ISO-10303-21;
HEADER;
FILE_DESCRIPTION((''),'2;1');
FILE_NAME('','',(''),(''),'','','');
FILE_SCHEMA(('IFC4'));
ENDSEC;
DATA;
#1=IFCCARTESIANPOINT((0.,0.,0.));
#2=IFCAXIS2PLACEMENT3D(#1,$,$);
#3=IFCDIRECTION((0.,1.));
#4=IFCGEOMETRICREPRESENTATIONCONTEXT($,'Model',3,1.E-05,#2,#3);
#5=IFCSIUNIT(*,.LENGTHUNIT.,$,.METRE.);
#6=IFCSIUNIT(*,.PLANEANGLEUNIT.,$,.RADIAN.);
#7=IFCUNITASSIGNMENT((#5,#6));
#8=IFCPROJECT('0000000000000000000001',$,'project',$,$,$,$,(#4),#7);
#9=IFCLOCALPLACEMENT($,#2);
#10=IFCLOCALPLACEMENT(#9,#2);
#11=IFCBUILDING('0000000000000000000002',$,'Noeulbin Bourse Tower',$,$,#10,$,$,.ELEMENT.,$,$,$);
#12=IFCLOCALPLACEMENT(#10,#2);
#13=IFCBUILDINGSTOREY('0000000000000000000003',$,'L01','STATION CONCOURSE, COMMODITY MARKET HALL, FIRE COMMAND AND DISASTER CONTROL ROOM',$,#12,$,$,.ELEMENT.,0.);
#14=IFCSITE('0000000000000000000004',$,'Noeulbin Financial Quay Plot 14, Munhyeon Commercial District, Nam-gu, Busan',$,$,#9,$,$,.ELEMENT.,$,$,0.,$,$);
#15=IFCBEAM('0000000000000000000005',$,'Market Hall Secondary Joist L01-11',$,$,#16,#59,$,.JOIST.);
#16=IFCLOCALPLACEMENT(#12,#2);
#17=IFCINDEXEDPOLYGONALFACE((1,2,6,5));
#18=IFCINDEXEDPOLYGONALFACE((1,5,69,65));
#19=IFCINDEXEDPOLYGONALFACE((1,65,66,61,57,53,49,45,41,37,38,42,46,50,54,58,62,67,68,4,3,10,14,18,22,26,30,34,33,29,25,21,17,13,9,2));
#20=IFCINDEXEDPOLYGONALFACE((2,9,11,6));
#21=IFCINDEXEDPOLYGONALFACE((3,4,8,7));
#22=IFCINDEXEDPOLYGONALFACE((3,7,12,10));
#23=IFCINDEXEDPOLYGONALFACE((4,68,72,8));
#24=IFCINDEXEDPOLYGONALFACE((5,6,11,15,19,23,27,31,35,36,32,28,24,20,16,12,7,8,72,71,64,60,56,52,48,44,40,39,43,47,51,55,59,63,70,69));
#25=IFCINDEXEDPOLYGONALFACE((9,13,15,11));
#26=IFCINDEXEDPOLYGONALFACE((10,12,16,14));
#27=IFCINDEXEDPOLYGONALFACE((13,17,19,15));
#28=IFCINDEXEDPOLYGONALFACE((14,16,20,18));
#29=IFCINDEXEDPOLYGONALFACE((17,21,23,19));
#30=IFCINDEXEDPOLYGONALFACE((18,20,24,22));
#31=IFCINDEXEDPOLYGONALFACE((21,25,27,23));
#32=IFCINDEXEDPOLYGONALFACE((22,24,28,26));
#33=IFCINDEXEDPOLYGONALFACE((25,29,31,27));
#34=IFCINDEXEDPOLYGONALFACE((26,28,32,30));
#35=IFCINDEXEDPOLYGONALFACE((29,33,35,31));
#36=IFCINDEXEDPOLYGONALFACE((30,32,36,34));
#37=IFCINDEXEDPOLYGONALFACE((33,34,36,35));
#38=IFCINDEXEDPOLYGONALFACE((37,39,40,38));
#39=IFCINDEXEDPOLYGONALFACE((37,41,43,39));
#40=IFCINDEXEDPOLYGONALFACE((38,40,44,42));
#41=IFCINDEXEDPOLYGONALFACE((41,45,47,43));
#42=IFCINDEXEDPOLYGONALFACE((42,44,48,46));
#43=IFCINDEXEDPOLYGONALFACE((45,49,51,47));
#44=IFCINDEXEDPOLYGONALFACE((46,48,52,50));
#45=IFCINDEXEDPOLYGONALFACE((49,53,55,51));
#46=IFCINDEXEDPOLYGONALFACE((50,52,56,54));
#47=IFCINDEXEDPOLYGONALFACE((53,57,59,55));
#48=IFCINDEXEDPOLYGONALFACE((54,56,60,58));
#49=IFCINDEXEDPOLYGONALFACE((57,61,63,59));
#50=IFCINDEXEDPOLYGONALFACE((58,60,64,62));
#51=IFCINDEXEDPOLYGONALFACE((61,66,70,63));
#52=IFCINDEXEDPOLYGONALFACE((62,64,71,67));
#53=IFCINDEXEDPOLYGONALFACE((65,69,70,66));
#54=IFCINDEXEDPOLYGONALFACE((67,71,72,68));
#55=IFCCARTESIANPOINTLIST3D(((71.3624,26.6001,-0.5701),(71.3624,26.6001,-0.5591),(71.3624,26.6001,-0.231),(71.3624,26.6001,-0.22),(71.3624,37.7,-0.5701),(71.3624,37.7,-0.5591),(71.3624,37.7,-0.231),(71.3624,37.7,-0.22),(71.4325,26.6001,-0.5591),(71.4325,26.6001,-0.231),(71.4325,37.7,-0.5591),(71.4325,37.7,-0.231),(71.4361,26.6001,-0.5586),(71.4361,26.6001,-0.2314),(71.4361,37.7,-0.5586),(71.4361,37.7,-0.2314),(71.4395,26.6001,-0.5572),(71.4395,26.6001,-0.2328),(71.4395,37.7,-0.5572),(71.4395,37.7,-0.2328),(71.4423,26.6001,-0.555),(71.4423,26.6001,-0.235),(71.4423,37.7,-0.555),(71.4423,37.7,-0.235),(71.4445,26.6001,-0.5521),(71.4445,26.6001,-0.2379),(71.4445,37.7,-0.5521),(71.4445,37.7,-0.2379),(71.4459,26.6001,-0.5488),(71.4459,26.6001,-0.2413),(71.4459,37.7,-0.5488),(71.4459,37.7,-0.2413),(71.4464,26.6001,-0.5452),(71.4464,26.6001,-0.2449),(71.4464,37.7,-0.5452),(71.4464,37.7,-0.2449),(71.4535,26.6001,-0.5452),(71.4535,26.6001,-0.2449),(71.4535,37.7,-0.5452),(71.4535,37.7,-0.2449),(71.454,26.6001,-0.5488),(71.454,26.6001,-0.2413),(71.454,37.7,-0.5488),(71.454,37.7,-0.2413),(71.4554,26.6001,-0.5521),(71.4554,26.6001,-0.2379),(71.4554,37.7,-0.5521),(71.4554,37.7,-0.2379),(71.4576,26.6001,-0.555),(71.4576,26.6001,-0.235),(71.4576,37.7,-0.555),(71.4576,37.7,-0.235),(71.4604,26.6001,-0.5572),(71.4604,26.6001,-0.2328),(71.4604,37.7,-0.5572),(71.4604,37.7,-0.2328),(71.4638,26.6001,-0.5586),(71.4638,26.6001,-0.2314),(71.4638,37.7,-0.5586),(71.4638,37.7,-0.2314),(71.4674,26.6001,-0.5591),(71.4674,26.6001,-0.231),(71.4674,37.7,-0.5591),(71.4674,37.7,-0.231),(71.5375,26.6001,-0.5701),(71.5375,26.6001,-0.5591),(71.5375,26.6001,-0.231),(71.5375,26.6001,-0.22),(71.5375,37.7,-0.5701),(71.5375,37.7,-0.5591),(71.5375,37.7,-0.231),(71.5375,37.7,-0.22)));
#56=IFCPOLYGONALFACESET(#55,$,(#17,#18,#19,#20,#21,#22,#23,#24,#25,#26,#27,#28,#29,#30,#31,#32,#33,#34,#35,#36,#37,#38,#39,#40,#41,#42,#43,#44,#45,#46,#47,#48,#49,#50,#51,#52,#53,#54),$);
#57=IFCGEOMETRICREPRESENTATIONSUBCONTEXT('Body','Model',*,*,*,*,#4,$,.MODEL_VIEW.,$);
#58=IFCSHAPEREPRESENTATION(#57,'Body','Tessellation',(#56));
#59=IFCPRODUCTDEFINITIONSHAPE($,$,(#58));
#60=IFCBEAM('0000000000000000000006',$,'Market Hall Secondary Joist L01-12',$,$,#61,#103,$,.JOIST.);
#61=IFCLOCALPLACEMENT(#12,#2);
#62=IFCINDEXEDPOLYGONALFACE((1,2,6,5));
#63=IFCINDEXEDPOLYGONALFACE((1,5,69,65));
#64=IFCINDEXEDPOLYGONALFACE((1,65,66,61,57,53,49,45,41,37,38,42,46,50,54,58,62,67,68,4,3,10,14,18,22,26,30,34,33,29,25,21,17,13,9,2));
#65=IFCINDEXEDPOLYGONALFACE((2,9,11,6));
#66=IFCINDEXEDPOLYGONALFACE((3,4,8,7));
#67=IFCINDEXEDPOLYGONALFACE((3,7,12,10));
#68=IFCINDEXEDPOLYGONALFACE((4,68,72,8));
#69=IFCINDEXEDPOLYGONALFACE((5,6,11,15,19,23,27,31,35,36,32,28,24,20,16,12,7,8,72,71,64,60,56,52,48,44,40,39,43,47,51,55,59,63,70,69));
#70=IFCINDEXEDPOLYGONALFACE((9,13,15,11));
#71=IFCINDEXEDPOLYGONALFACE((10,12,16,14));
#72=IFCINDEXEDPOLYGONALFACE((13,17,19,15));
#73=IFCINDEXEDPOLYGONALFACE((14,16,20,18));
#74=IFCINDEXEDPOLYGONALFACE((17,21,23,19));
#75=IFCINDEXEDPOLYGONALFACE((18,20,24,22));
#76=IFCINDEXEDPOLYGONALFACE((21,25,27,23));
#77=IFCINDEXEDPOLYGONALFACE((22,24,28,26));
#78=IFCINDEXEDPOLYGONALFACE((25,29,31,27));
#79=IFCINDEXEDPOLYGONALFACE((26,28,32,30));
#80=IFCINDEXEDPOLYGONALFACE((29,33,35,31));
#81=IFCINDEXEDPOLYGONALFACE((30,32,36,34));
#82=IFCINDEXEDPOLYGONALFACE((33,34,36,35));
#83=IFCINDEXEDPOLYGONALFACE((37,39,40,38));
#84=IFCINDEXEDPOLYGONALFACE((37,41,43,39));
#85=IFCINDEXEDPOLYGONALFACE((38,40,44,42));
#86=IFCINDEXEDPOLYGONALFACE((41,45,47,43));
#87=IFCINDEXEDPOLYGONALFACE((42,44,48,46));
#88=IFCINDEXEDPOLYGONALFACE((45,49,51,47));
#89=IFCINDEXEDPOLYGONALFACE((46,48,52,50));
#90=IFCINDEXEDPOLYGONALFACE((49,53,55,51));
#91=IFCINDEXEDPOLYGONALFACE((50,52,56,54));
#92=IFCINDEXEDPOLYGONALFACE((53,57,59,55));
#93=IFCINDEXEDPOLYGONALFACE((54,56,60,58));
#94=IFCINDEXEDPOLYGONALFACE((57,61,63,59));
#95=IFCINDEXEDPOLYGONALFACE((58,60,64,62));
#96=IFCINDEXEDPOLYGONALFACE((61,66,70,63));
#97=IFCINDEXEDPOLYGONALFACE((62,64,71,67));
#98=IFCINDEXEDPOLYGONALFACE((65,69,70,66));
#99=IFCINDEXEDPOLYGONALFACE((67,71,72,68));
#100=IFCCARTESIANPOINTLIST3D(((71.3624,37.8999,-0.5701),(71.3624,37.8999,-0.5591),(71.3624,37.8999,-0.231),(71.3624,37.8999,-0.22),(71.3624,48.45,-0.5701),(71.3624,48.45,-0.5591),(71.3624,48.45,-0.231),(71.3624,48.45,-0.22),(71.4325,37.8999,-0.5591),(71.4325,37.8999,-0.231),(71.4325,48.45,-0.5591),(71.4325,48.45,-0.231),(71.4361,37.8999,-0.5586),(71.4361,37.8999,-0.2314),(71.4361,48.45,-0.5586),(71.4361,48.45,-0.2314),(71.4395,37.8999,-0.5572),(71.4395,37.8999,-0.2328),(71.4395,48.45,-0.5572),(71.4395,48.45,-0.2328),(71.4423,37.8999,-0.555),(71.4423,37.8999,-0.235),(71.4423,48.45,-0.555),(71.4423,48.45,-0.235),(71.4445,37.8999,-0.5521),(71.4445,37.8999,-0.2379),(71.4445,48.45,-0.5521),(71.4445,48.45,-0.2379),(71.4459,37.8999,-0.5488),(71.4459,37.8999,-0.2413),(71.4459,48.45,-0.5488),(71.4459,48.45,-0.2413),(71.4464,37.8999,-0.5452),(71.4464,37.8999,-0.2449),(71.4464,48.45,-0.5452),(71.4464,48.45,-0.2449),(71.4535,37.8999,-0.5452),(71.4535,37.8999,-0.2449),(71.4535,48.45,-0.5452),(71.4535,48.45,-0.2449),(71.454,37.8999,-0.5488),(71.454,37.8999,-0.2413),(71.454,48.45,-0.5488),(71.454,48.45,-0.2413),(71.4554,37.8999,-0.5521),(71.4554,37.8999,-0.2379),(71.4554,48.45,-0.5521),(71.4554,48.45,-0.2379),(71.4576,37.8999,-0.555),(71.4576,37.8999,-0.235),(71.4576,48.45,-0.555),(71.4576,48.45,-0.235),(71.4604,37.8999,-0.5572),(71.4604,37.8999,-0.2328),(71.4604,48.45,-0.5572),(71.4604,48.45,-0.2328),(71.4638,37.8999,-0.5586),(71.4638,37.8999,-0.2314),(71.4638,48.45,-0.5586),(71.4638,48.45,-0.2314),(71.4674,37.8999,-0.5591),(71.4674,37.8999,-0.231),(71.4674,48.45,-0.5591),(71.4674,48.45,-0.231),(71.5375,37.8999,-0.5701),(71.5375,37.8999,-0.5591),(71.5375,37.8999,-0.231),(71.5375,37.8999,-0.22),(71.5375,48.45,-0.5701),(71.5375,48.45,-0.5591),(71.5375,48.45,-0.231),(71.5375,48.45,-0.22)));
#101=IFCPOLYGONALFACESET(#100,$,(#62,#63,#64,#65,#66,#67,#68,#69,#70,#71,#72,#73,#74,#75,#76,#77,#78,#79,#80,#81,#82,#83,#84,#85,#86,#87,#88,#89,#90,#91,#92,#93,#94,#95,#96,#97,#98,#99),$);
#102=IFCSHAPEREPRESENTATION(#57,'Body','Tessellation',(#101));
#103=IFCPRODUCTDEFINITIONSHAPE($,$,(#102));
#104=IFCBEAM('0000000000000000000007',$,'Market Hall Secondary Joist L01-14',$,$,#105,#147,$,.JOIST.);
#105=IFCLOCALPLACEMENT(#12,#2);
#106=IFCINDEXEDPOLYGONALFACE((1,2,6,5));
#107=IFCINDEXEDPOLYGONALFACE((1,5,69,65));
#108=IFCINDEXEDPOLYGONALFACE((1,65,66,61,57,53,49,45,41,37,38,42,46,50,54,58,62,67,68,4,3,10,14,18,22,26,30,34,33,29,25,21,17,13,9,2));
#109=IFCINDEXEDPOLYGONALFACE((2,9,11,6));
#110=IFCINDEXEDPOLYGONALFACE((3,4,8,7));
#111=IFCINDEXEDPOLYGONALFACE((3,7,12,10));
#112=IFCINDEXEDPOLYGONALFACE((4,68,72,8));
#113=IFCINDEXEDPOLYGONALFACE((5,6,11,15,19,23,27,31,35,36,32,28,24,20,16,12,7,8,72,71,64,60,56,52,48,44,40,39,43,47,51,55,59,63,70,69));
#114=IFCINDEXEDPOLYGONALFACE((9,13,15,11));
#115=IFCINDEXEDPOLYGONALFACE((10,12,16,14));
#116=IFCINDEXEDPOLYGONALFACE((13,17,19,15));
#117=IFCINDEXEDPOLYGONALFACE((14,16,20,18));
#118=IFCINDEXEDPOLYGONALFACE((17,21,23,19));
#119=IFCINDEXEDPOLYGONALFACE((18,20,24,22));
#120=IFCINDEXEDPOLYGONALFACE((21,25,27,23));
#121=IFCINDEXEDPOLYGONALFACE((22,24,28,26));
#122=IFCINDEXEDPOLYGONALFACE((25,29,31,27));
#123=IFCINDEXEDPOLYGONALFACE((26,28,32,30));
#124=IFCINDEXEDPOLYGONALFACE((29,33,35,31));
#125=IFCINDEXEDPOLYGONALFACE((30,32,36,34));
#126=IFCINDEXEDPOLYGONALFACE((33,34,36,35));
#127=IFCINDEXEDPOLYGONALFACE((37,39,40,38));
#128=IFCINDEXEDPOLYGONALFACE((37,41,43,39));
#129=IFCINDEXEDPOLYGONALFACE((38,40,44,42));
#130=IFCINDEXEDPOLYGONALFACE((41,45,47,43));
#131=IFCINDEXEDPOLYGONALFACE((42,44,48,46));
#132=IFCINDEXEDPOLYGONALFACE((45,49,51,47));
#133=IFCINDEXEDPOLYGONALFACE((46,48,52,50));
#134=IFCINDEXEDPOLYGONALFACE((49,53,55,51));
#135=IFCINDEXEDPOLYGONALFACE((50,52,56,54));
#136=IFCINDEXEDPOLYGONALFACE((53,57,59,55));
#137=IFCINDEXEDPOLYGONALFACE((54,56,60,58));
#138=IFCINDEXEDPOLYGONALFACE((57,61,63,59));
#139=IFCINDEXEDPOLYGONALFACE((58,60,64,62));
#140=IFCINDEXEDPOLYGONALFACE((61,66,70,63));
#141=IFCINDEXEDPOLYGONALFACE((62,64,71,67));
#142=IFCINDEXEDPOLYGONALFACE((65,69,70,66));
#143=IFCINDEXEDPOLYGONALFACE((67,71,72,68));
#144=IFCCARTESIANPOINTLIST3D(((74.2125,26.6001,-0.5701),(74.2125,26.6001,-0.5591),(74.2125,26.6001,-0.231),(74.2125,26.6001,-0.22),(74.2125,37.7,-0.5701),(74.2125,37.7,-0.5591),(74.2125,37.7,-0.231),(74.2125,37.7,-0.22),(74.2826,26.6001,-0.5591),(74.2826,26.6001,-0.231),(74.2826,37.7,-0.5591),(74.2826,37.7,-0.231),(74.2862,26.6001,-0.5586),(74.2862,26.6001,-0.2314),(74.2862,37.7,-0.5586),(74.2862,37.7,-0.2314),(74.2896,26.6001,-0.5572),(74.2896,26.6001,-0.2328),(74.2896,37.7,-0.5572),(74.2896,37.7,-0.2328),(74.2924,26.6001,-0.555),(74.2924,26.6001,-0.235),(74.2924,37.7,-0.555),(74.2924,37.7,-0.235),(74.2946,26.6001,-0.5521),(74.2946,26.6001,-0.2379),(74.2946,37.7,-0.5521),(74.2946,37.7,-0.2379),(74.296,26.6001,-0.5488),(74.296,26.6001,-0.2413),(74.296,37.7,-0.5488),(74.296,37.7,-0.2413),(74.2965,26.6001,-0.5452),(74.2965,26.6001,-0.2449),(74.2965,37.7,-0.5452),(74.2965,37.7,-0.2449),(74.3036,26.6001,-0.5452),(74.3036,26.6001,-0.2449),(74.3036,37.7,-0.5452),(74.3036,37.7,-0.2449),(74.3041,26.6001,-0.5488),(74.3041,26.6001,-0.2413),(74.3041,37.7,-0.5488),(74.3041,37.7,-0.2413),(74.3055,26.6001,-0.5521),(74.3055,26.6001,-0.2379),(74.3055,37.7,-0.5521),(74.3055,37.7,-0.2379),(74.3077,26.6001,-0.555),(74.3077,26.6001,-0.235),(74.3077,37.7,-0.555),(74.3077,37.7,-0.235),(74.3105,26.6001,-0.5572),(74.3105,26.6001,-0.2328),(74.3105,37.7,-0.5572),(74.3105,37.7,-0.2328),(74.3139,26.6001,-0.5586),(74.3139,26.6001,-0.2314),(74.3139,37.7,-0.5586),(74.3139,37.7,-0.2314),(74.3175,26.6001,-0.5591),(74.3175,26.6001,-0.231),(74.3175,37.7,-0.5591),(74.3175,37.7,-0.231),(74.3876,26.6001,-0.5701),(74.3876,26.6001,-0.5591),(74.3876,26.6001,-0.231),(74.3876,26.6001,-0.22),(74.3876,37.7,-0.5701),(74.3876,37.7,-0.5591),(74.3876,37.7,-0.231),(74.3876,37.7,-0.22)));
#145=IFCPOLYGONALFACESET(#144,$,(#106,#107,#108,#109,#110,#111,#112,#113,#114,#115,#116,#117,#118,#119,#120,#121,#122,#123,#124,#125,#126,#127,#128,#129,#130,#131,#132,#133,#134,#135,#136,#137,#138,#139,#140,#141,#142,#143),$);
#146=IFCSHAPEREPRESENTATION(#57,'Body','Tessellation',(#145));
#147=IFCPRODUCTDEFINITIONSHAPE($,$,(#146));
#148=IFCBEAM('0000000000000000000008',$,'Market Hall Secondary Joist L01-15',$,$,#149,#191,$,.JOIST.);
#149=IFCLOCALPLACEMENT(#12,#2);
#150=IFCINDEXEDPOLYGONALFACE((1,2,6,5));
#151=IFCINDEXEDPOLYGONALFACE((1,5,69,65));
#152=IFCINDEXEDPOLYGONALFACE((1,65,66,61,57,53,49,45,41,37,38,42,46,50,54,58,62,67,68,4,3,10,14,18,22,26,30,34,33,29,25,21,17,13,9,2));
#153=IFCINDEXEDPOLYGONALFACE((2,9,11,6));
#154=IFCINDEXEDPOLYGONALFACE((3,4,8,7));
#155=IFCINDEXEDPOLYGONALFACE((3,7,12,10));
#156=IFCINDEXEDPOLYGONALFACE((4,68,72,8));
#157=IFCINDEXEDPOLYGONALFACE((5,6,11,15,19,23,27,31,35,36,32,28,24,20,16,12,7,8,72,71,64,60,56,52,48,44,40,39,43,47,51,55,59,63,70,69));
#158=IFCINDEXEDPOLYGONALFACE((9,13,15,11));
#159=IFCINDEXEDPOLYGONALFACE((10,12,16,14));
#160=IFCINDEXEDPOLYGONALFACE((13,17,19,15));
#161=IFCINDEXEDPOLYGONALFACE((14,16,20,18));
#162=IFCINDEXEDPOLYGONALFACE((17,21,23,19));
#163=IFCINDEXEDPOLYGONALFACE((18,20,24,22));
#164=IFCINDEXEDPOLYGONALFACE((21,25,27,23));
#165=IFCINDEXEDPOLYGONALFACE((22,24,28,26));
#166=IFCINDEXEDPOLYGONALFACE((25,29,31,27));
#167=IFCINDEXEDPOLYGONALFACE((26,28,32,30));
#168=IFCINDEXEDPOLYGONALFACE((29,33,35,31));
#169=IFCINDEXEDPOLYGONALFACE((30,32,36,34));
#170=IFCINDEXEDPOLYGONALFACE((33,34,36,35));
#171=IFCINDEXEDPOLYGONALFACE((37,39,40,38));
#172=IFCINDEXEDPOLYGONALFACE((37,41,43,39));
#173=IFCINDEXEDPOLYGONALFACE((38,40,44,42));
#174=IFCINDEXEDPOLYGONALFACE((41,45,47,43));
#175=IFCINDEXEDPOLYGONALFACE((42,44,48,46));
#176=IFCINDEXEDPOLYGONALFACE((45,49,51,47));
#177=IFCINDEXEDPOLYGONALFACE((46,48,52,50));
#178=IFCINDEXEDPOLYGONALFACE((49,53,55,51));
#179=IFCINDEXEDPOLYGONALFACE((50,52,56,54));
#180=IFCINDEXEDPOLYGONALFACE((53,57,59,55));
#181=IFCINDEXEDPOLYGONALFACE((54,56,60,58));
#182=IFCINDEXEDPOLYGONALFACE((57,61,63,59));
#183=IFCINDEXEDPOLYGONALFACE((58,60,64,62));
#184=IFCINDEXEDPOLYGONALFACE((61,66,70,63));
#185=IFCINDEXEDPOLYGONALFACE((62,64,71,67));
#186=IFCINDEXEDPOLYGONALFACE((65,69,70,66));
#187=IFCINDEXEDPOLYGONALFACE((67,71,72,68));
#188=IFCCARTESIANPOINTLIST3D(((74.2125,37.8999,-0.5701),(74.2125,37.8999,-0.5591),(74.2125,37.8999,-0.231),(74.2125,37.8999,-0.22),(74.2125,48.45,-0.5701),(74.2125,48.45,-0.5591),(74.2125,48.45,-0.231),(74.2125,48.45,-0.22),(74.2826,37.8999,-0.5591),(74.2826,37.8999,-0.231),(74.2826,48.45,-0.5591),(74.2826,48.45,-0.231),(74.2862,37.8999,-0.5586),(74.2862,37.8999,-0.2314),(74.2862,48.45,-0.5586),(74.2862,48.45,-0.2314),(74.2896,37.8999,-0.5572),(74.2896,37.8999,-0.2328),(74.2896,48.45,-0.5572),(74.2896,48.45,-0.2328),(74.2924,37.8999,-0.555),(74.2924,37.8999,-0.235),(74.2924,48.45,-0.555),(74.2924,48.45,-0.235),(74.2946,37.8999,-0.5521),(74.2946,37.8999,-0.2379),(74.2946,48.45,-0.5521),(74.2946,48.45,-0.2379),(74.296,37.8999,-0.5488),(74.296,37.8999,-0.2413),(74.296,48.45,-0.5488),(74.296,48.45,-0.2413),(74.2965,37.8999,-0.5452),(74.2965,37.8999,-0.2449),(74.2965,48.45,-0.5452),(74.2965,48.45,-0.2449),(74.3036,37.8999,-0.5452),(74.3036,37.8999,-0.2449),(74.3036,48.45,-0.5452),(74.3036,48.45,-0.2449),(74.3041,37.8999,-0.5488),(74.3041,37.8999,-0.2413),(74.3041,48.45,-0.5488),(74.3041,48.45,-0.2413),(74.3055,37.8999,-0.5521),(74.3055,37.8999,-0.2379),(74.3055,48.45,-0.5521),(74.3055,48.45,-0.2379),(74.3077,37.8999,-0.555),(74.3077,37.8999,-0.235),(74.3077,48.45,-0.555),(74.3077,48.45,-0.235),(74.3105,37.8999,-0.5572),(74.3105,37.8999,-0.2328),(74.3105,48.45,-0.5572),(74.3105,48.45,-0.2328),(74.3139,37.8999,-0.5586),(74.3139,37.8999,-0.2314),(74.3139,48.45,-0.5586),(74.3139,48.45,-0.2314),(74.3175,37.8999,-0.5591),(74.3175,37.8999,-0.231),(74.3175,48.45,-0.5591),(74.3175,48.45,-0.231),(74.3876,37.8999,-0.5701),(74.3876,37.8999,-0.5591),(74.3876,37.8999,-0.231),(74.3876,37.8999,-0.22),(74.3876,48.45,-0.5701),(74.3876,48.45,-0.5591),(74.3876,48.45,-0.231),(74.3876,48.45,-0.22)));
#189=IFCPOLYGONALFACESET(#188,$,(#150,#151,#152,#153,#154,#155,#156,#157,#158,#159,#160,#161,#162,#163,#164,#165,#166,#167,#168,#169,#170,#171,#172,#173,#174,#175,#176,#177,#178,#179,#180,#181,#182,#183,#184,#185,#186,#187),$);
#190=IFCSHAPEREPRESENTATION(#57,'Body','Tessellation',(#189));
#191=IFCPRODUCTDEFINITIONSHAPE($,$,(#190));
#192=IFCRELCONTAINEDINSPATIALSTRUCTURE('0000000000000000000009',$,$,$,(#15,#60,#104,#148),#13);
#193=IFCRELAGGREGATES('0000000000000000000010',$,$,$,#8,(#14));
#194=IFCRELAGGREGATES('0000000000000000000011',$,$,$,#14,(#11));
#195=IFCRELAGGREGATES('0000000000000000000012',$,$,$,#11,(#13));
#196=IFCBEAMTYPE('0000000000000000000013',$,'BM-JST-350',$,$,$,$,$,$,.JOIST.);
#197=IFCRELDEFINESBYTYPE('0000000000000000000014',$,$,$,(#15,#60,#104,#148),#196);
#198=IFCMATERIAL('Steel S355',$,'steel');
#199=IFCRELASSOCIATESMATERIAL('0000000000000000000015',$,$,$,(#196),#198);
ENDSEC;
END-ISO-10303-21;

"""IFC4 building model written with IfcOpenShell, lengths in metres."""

from ifc_helpers import new_model, si_unit, direction, frame, origin, origin_2d, place, context, subcontext, project, spatial, i_section, extrude, material, material_profile, profile_set, type_object, element, save


model = new_model("IFC4")

# Units and contexts
model_context = context("Model", 3, precision=1e-05, world=origin(), true_north=direction((0.0, 1.0)))
body_context = subcontext(model_context, "Body", "Model", "MODEL_VIEW")
ifc_project = project(units=[si_unit("LENGTHUNIT", "METRE"), si_unit("PLANEANGLEUNIT", "RADIAN")], contexts=[model_context])

# Site, building, storey
site_placement = place(None, origin())
site = spatial("IfcSite", under=ifc_project, at=site_placement, Name="Noeulbin Financial Quay Plot 14, Munhyeon Commercial District, Nam-gu, Busan", CompositionType="ELEMENT", RefElevation=0.0)
building_placement = place(site_placement, origin())
building = spatial("IfcBuilding", under=site, at=building_placement, Name="Noeulbin Bourse Tower", CompositionType="ELEMENT")
storey_placement = place(building_placement, origin())
storey = spatial("IfcBuildingStorey", under=building, at=storey_placement, Name="L01", Description="STATION CONCOURSE, COMMODITY MARKET HALL, FIRE COMMAND AND DISASTER CONTROL ROOM", CompositionType="ELEMENT", Elevation=0.0)

# Shared definitions
ifc_material_1 = material(Name="Steel S355", Category="steel")

# Beams
ifc_material_profile_1 = material_profile(ifc_material_1, i_section(OverallWidth=0.175, OverallDepth=0.3501, WebThickness=0.0071, FlangeThickness=0.011, FilletRadius=0.0139, at=origin_2d()), Name="H-350x175x7x11", Category="LoadBearing")
ifc_profile_set_1 = profile_set([ifc_material_profile_1], Name="Steel S355")
beam_type_1 = type_object("IfcBeamType", Name="BM-JST-350", PredefinedType="JOIST", material=ifc_profile_set_1)
beam_1_placement = place(storey_placement, frame((71.45, 26.6001, -0.395), z_axis=(0.0, 1.0, 0.0), x_axis=(-1.0, 0.0, 0.0)))
element("IfcBeam", 1, at=beam_1_placement, inside=storey, type_object=beam_type_1, Name="Market Hall Secondary Joist L01-11", PredefinedType="JOIST", context=body_context, shape_type="SweptSolid", body=[
    extrude(i_section(OverallWidth=0.175, OverallDepth=0.3501, WebThickness=0.0071, FlangeThickness=0.011, FilletRadius=0.0139, at=origin_2d()), origin(), (0.0, 0.0, 1.0), 11.0999),
])
beam_2_placement = place(storey_placement, frame((71.45, 37.8999, -0.395), z_axis=(0.0, 1.0, 0.0), x_axis=(-1.0, 0.0, 0.0)))
element("IfcBeam", 2, at=beam_2_placement, inside=storey, type_object=beam_type_1, Name="Market Hall Secondary Joist L01-12", PredefinedType="JOIST", context=body_context, shape_type="SweptSolid", body=[
    extrude(i_section(OverallWidth=0.175, OverallDepth=0.3501, WebThickness=0.0071, FlangeThickness=0.011, FilletRadius=0.0139, at=origin_2d()), origin(), (0.0, 0.0, 1.0), 10.55),
])
beam_3_placement = place(storey_placement, frame((74.3, 26.6001, -0.395), z_axis=(0.0, 1.0, 0.0), x_axis=(-1.0, 0.0, 0.0)))
element("IfcBeam", 3, at=beam_3_placement, inside=storey, type_object=beam_type_1, Name="Market Hall Secondary Joist L01-14", PredefinedType="JOIST", context=body_context, shape_type="SweptSolid", body=[
    extrude(i_section(OverallWidth=0.175, OverallDepth=0.3501, WebThickness=0.0071, FlangeThickness=0.011, FilletRadius=0.0139, at=origin_2d()), origin(), (0.0, 0.0, 1.0), 11.0999),
])
beam_4_placement = place(storey_placement, frame((74.3, 37.8999, -0.395), z_axis=(0.0, 1.0, 0.0), x_axis=(-1.0, 0.0, 0.0)))
element("IfcBeam", 4, at=beam_4_placement, inside=storey, type_object=beam_type_1, Name="Market Hall Secondary Joist L01-15", PredefinedType="JOIST", context=body_context, shape_type="SweptSolid", body=[
    extrude(i_section(OverallWidth=0.175, OverallDepth=0.3501, WebThickness=0.0071, FlangeThickness=0.011, FilletRadius=0.0139, at=origin_2d()), origin(), (0.0, 0.0, 1.0), 10.55),
])

save(model, "model.ifc")
